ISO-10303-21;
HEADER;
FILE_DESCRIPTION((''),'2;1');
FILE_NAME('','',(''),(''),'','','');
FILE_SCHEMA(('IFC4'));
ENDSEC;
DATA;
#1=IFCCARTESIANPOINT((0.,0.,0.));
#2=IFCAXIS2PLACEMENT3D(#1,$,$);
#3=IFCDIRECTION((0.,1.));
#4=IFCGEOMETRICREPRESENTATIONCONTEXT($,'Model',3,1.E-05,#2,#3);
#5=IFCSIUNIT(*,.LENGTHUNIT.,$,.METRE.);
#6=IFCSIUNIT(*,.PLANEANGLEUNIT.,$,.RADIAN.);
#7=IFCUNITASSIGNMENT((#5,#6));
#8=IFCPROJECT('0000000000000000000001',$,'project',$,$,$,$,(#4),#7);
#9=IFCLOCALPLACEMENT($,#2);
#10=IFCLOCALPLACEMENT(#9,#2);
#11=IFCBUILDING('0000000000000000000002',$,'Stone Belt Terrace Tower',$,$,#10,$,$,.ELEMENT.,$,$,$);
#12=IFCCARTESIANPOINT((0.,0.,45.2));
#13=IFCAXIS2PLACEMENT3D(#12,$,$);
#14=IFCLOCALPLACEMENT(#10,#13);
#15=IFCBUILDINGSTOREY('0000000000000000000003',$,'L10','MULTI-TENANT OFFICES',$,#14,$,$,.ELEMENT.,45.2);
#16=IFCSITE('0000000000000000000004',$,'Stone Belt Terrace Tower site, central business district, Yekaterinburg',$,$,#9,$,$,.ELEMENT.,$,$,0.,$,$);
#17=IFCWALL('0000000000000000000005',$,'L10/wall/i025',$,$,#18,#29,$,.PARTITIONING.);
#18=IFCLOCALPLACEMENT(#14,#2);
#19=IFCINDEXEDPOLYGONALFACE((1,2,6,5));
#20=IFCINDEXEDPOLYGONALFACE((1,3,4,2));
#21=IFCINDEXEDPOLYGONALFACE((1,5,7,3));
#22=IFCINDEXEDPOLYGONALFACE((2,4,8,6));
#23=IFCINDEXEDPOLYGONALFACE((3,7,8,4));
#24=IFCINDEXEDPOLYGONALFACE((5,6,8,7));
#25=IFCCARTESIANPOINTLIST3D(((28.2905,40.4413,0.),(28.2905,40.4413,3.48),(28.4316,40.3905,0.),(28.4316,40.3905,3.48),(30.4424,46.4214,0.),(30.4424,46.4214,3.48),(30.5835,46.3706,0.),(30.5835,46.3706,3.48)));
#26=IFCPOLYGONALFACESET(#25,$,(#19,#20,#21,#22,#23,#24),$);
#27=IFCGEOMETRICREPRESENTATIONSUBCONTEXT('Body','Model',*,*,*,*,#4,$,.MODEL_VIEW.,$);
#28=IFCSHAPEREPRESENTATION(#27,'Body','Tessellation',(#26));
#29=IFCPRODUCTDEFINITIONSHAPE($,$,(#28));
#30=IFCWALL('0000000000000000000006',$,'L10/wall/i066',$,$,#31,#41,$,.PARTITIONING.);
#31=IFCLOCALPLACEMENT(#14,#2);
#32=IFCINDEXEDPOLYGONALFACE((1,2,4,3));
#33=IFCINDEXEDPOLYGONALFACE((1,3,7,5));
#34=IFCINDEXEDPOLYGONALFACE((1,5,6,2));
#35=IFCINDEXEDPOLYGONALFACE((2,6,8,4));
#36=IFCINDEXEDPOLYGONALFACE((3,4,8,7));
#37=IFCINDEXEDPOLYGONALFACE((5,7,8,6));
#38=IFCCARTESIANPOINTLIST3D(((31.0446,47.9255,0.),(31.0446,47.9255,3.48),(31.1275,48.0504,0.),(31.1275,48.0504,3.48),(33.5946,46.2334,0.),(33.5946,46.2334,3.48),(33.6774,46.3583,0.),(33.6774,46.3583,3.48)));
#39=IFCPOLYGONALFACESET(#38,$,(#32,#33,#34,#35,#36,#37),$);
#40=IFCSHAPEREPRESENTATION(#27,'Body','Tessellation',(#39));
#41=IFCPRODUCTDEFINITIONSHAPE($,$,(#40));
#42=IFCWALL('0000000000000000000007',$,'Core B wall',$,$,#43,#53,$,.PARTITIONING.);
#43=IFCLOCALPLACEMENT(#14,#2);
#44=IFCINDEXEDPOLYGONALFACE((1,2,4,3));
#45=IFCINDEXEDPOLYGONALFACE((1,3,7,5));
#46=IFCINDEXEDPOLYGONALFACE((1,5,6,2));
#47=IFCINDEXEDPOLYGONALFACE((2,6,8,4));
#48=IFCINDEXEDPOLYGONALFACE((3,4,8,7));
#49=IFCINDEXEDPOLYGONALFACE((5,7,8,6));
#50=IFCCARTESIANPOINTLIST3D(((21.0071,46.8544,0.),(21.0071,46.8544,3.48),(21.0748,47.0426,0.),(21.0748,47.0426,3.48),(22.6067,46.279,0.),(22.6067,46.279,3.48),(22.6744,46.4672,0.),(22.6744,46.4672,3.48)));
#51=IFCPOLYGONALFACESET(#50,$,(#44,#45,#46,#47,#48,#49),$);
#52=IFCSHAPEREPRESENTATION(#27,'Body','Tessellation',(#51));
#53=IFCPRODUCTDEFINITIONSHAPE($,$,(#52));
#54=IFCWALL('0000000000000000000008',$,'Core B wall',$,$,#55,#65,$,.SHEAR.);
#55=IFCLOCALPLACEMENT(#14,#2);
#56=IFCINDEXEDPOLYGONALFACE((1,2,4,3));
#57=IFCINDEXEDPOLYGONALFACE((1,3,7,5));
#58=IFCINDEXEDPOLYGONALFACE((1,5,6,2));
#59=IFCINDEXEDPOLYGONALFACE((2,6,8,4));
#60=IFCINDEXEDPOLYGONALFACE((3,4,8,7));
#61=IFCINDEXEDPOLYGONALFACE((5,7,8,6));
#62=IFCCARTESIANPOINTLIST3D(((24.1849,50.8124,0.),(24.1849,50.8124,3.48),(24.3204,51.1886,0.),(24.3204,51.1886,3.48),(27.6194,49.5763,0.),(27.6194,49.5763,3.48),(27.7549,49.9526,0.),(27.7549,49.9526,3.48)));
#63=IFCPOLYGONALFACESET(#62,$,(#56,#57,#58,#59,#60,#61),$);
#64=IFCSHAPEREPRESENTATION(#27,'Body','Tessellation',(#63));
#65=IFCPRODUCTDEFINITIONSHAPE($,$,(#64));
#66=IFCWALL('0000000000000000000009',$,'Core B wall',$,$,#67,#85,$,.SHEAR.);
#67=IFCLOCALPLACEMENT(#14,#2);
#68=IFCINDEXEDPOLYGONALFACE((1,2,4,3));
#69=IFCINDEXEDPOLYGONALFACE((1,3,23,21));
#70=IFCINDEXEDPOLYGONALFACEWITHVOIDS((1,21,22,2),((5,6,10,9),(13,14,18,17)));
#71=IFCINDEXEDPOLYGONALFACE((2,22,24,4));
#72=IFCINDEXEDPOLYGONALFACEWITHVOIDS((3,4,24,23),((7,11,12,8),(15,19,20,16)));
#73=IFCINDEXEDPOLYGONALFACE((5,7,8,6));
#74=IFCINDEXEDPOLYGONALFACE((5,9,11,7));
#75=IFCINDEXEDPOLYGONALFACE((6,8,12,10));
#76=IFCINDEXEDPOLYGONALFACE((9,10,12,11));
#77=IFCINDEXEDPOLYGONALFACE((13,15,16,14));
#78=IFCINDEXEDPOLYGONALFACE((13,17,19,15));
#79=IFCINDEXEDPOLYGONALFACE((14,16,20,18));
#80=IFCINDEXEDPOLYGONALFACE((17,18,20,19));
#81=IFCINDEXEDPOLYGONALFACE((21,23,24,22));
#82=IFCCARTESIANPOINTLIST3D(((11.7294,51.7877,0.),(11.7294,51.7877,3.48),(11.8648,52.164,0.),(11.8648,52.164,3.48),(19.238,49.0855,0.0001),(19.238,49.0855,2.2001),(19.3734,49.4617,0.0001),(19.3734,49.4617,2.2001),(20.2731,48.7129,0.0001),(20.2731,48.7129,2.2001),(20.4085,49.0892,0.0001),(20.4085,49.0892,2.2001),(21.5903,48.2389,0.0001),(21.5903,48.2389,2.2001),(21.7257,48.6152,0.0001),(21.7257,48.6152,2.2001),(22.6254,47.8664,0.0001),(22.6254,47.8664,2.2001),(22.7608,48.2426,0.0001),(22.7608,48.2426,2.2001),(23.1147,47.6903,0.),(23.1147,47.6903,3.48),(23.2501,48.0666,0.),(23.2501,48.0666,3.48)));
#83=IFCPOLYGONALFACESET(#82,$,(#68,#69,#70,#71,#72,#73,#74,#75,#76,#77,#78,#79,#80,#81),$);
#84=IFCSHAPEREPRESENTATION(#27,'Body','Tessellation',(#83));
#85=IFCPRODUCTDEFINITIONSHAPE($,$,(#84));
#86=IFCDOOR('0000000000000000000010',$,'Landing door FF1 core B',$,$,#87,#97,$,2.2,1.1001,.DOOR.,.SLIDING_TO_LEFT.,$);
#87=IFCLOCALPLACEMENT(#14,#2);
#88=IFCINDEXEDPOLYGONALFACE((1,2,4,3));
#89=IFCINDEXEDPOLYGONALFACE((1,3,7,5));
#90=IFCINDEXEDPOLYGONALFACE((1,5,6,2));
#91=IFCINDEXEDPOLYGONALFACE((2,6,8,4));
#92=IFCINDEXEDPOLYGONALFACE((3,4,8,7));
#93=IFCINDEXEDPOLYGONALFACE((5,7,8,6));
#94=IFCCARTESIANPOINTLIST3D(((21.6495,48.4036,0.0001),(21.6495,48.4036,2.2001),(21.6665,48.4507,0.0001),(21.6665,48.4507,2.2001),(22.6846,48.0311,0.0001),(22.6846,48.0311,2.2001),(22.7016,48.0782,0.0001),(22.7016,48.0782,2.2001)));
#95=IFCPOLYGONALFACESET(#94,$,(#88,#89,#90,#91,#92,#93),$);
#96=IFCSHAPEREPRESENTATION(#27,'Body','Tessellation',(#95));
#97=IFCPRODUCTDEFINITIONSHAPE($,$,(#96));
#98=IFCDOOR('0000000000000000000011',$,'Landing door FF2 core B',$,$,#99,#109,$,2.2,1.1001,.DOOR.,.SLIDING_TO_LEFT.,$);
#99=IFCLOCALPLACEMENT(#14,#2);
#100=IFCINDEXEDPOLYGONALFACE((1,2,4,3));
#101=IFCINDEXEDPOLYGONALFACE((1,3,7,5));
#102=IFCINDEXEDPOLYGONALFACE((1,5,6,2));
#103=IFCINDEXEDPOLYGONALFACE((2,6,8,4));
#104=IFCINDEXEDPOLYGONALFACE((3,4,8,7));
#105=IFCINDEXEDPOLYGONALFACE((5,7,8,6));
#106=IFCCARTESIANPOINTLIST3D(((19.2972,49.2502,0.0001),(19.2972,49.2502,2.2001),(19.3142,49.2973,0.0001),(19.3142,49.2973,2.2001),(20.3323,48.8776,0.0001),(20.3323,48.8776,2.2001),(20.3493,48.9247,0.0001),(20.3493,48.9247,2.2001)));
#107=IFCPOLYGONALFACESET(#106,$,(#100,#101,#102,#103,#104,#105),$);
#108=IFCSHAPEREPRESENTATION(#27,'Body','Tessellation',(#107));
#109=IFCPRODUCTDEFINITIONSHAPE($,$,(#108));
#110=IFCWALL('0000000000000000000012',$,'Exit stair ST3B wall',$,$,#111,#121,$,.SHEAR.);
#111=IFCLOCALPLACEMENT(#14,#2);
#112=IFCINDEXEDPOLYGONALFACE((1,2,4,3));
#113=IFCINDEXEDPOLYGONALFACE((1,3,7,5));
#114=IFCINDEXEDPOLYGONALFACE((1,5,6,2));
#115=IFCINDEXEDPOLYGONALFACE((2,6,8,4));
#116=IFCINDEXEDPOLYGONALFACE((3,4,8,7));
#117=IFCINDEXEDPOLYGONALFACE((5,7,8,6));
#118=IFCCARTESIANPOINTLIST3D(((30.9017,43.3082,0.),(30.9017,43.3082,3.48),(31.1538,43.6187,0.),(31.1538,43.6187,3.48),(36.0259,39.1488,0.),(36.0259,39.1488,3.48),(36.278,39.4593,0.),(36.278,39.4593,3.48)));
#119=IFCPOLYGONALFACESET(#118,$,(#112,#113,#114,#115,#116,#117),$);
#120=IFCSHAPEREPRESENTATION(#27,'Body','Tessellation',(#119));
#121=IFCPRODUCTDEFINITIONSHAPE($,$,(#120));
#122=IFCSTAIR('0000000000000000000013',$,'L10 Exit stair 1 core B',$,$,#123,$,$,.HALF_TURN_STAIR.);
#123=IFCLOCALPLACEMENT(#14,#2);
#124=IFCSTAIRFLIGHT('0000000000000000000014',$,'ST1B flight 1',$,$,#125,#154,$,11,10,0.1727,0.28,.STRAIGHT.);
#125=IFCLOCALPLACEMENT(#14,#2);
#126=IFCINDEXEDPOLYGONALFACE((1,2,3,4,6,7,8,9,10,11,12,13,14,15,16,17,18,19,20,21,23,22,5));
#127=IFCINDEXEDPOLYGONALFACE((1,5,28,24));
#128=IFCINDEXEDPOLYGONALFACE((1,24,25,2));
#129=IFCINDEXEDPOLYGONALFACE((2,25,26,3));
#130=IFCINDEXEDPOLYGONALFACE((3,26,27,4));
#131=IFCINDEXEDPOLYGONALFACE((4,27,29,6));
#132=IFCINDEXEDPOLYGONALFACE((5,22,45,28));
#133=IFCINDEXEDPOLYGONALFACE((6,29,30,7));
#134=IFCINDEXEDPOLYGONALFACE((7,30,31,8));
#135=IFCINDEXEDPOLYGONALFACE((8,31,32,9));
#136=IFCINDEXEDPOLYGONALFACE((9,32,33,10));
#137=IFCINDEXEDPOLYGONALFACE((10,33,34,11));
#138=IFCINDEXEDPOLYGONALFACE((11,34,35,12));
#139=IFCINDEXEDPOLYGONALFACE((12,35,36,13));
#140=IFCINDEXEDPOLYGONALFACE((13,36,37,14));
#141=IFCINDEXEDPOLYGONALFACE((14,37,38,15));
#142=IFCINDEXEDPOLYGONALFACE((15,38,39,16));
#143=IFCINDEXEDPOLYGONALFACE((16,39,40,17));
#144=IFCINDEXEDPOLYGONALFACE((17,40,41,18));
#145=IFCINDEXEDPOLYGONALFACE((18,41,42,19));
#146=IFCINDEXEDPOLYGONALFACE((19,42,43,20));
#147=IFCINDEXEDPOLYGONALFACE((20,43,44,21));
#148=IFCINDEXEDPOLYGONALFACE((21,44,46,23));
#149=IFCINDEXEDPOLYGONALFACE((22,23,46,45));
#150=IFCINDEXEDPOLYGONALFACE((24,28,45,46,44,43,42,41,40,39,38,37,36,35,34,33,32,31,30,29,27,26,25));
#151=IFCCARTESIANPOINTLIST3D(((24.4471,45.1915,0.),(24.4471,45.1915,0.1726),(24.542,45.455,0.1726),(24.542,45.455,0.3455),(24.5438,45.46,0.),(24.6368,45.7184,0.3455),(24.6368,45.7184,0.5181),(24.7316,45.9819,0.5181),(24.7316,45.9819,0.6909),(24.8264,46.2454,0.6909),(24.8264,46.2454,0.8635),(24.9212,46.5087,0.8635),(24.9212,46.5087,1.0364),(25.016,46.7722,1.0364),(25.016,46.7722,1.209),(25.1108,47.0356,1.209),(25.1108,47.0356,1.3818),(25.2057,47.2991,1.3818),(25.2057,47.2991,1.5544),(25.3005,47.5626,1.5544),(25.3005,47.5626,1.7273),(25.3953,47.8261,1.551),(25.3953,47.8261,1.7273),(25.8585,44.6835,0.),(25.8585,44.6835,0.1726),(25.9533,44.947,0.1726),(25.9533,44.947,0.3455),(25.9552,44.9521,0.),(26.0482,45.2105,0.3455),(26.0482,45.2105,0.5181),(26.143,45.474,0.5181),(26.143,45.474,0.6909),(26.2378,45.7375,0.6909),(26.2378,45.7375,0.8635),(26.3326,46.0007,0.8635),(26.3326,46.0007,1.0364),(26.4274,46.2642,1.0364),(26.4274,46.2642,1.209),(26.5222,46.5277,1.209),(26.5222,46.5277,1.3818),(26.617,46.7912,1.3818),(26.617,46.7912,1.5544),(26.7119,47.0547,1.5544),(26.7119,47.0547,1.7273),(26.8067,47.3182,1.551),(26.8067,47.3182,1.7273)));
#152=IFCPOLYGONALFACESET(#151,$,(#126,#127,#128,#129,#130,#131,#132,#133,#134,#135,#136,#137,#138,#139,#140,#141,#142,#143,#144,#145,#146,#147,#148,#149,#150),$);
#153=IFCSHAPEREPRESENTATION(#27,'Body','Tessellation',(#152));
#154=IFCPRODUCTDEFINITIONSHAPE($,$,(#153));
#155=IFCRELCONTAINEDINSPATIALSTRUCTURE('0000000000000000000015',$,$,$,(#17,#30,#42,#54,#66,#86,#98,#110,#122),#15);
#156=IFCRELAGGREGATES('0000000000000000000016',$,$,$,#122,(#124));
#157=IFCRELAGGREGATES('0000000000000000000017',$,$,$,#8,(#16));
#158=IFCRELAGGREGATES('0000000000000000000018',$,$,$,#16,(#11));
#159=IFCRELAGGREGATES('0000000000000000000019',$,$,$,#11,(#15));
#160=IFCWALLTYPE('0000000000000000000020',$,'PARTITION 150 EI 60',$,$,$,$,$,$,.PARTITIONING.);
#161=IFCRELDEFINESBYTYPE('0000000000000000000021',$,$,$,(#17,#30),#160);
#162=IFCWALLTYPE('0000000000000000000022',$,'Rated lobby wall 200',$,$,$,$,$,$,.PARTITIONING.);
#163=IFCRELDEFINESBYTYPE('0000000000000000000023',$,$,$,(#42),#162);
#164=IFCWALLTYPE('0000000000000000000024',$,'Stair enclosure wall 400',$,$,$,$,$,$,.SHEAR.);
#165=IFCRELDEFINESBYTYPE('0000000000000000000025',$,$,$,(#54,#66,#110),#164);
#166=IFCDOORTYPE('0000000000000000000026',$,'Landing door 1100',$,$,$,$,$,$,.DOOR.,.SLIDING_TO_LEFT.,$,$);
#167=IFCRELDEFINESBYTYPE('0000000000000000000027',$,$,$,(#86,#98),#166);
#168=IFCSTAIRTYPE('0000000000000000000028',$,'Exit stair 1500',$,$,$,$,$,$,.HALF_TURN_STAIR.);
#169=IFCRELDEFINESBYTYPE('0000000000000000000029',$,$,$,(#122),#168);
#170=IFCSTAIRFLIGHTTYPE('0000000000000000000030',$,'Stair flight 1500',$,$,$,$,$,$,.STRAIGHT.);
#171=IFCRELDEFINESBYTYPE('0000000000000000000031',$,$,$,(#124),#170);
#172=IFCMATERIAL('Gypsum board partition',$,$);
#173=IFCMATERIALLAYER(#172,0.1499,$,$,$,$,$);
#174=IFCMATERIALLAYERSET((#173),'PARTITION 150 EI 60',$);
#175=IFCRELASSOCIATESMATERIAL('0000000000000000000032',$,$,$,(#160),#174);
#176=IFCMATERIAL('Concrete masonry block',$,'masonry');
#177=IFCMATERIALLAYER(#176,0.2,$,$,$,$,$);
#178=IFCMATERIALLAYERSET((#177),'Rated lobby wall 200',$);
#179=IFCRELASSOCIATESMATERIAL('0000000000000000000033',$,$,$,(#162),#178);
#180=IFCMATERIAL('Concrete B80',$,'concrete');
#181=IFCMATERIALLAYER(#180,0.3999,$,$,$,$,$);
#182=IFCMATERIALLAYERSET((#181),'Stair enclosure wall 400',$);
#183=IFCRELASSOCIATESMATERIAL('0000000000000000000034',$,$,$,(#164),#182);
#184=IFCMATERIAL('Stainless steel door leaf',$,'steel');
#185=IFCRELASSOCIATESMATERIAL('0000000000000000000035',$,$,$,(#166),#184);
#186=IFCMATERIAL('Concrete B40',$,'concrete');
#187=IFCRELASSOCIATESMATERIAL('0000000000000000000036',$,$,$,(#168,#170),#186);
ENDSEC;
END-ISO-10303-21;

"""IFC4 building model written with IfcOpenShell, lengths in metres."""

from ifc_helpers import new_model, si_unit, direction, frame, frame_2d, origin, place, context, subcontext, project, spatial, polyline, rectangle, outline, extrude, material, layer, layer_set, type_object, element, fill, aggregate, save


model = new_model("IFC4")

# Units and contexts
model_context = context("Model", 3, precision=1e-05, world=origin(), true_north=direction((0.0, 1.0)))
body_context = subcontext(model_context, "Body", "Model", "MODEL_VIEW")
ifc_project = project(units=[si_unit("LENGTHUNIT", "METRE"), si_unit("PLANEANGLEUNIT", "RADIAN")], contexts=[model_context])

# Site, building, storey
site_placement = place(None, origin())
site = spatial("IfcSite", under=ifc_project, at=site_placement, Name="Stone Belt Terrace Tower site, central business district, Yekaterinburg", CompositionType="ELEMENT", RefElevation=0.0)
building_placement = place(site_placement, origin())
building = spatial("IfcBuilding", under=site, at=building_placement, Name="Stone Belt Terrace Tower", CompositionType="ELEMENT")
storey_placement = place(building_placement, frame((0.0, 0.0, 45.2)))
storey = spatial("IfcBuildingStorey", under=building, at=storey_placement, Name="L10", Description="MULTI-TENANT OFFICES", CompositionType="ELEMENT", Elevation=45.2)

# Walls
ifc_material_1 = material(Name="Gypsum board partition")
ifc_layer_1 = layer(ifc_material_1, 0.1499)
ifc_layer_set_1 = layer_set([ifc_layer_1], Name="PARTITION 150 EI 60")
wall_type_1 = type_object("IfcWallType", Name="PARTITION 150 EI 60", PredefinedType="PARTITIONING", material=ifc_layer_set_1)
wall_1_placement = place(storey_placement, frame((30.5129, 46.396, 0.0), z_axis=(0.0, 0.0, 1.0), x_axis=(-0.338589, -0.940934, 0.0)))
element("IfcWall", 1, at=wall_1_placement, inside=storey, type_object=wall_type_1, Name="L10/wall/i025", PredefinedType="PARTITIONING", context=body_context, shape_type="SweptSolid", body=[
    extrude(rectangle(XDim=6.3555, YDim=0.1499, at=frame_2d((3.1777, 0.0))), origin(), (0.0, 0.0, 1.0), 3.48),
])
wall_2_placement = place(storey_placement, frame((31.0859, 47.988, 0.0), z_axis=(0.0, 0.0, 1.0), x_axis=(0.833239, -0.552913, 0.0)))
element("IfcWall", 2, at=wall_2_placement, inside=storey, type_object=wall_type_1, Name="L10/wall/i066", PredefinedType="PARTITIONING", context=body_context, shape_type="SweptSolid", body=[
    extrude(rectangle(XDim=3.0603, YDim=0.1499, at=frame_2d((1.5303, 0.0))), origin(), (0.0, 0.0, 1.0), 3.48),
])
ifc_material_2 = material(Name="Concrete masonry block", Category="masonry")
ifc_layer_2 = layer(ifc_material_2, 0.2)
ifc_layer_set_2 = layer_set([ifc_layer_2], Name="Rated lobby wall 200")
wall_type_2 = type_object("IfcWallType", Name="Rated lobby wall 200", PredefinedType="PARTITIONING", material=ifc_layer_set_2)
wall_3_placement = place(storey_placement, frame((22.6406, 46.373, 0.0), z_axis=(0.0, 0.0, 1.0), x_axis=(-0.940966, 0.338501, 0.0)))
element("IfcWall", 3, at=wall_3_placement, inside=storey, type_object=wall_type_2, Name="Core B wall", PredefinedType="PARTITIONING", context=body_context, shape_type="SweptSolid", body=[
    extrude(rectangle(XDim=1.7, YDim=0.2, at=frame_2d((0.8501, 0.0))), origin(), (0.0, 0.0, 1.0), 3.48),
])
ifc_material_3 = material(Name="Concrete B80", Category="concrete")
ifc_layer_3 = layer(ifc_material_3, 0.3999)
ifc_layer_set_3 = layer_set([ifc_layer_3], Name="Stair enclosure wall 400")
wall_type_3 = type_object("IfcWallType", Name="Stair enclosure wall 400", PredefinedType="SHEAR", material=ifc_layer_set_3)
wall_4_placement = place(storey_placement, frame((27.6873, 49.7644, 0.0), z_axis=(0.0, 0.0, 1.0), x_axis=(-0.940919, 0.338632, 0.0)))
element("IfcWall", 4, at=wall_4_placement, inside=storey, type_object=wall_type_3, Name="Core B wall", PredefinedType="SHEAR", context=body_context, shape_type="SweptSolid", body=[
    extrude(rectangle(XDim=3.6501, YDim=0.3999, at=frame_2d((1.8252, 0.0))), origin(), (0.0, 0.0, 1.0), 3.48),
])

# Wall, openings, doors
wall_5_placement = place(storey_placement, frame((23.1824, 47.8784, 0.0), z_axis=(0.0, 0.0, 1.0), x_axis=(-0.940921, 0.338626, 0.0)))
wall_5 = element("IfcWall", 5, at=wall_5_placement, inside=storey, type_object=wall_type_3, Name="Core B wall", PredefinedType="SHEAR", context=body_context, shape_type="SweptSolid", body=[
    extrude(rectangle(XDim=12.1001, YDim=0.3999, at=frame_2d((6.05, 0.0))), origin(), (0.0, 0.0, 1.0), 3.48),
])
opening_1_placement = place(wall_5_placement, frame((0.52, 0.0, 0.0)))
opening_1 = element("IfcOpeningElement", 6, at=opening_1_placement, cuts=wall_5, PredefinedType="OPENING", context=body_context, shape_type="SweptSolid", body=[
    extrude(rectangle(XDim=1.1001, YDim=2.2, at=frame_2d((0.55, 1.1001))), frame((0.0, 0.21, 0.0), z_axis=(0.0, -1.0, 0.0), x_axis=(1.0, 0.0, 0.0)), (0.0, 0.0, 1.0), 0.4199),
])
opening_2_placement = place(wall_5_placement, frame((3.02, 0.0, 0.0)))
opening_2 = element("IfcOpeningElement", 7, at=opening_2_placement, cuts=wall_5, PredefinedType="OPENING", context=body_context, shape_type="SweptSolid", body=[
    extrude(rectangle(XDim=1.1001, YDim=2.2, at=frame_2d((0.55, 1.1001))), frame((0.0, 0.21, 0.0), z_axis=(0.0, -1.0, 0.0), x_axis=(1.0, 0.0, 0.0)), (0.0, 0.0, 1.0), 0.4199),
])
ifc_material_4 = material(Name="Stainless steel door leaf", Category="steel")
door_type = type_object("IfcDoorType", Name="Landing door 1100", OperationType="SLIDING_TO_LEFT", PredefinedType="DOOR", material=ifc_material_4)
door_1_placement = place(opening_1_placement, origin())
door_1 = element("IfcDoor", 8, at=door_1_placement, inside=storey, type_object=door_type, Name="Landing door FF1 core B", OperationType="SLIDING_TO_LEFT", OverallHeight=2.2, OverallWidth=1.1001, PredefinedType="DOOR", context=body_context, shape_type="SweptSolid", body=[
    extrude(rectangle(XDim=1.1001, YDim=2.2, at=frame_2d((0.55, 1.1001))), frame((0.0, 0.0249, 0.0), z_axis=(0.0, -1.0, 0.0), x_axis=(1.0, 0.0, 0.0)), (0.0, 0.0, 1.0), 0.05),
])
fill(opening_1, door_1)
door_2_placement = place(opening_2_placement, origin())
door_2 = element("IfcDoor", 9, at=door_2_placement, inside=storey, type_object=door_type, Name="Landing door FF2 core B", OperationType="SLIDING_TO_LEFT", OverallHeight=2.2, OverallWidth=1.1001, PredefinedType="DOOR", context=body_context, shape_type="SweptSolid", body=[
    extrude(rectangle(XDim=1.1001, YDim=2.2, at=frame_2d((0.55, 1.1001))), frame((0.0, 0.0249, 0.0), z_axis=(0.0, -1.0, 0.0), x_axis=(1.0, 0.0, 0.0)), (0.0, 0.0, 1.0), 0.05),
])
fill(opening_2, door_2)

# Wall
wall_6_placement = place(storey_placement, frame((31.0278, 43.4634, 0.0), z_axis=(0.0, 0.0, 1.0), x_axis=(0.776414, -0.630224, 0.0)))
element("IfcWall", 10, at=wall_6_placement, inside=storey, type_object=wall_type_3, Name="Exit stair ST3B wall", PredefinedType="SHEAR", context=body_context, shape_type="SweptSolid", body=[
    extrude(rectangle(XDim=6.5999, YDim=0.3999, at=frame_2d((3.2998, 0.0))), origin(), (0.0, 0.0, 1.0), 3.48),
])

# Stair, stair flight
ifc_material_5 = material(Name="Concrete B40", Category="concrete")
stair_type = type_object("IfcStairType", Name="Exit stair 1500", PredefinedType="HALF_TURN_STAIR", material=ifc_material_5)
stair_placement = place(storey_placement, origin())
stair = element("IfcStair", 11, at=stair_placement, inside=storey, type_object=stair_type, Name="L10 Exit stair 1 core B", PredefinedType="HALF_TURN_STAIR")
stair_flight_type = type_object("IfcStairFlightType", Name="Stair flight 1500", PredefinedType="STRAIGHT", material=ifc_material_5)
stair_flight_1_placement = place(storey_placement, frame((25.1528, 44.9375, 0.0), z_axis=(0.0, 0.0, 1.0), x_axis=(0.338624, 0.940922, 0.0)))
stair_flight_1 = element("IfcStairFlight", 12, at=stair_flight_1_placement, type_object=stair_flight_type, Name="ST1B flight 1", NumberOfRisers=11, NumberOfTreads=10, PredefinedType="STRAIGHT", RiserHeight=0.1727, TreadLength=0.28, context=body_context, shape_type="SweptSolid", body=[
    extrude(outline(polyline([(0.0, 0.0), (0.0, 0.1726), (0.28, 0.1726), (0.28, 0.3455), (0.5601, 0.3455), (0.5601, 0.5181), (0.8401, 0.5181), (0.8401, 0.6909), (1.1201, 0.6909), (1.1201, 0.8635), (1.3999, 0.8635), (1.3999, 1.0364), (1.6799, 1.0364), (1.6799, 1.209), (1.96, 1.209), (1.96, 1.3818), (2.24, 1.3818), (2.24, 1.5544), (2.52, 1.5544), (2.52, 1.7273), (2.8, 1.7273), (2.8, 1.8999), (2.8, 1.551), (0.2854, 0.0), (0.0, 0.0)])), frame((0.0, 0.75, 0.0), z_axis=(0.0, -1.0, 0.0), x_axis=(1.0, 0.0, 0.0)), (0.0, 0.0, 1.0), 1.5),
])
aggregate(stair, [stair_flight_1])

save(model, "model.ifc")
